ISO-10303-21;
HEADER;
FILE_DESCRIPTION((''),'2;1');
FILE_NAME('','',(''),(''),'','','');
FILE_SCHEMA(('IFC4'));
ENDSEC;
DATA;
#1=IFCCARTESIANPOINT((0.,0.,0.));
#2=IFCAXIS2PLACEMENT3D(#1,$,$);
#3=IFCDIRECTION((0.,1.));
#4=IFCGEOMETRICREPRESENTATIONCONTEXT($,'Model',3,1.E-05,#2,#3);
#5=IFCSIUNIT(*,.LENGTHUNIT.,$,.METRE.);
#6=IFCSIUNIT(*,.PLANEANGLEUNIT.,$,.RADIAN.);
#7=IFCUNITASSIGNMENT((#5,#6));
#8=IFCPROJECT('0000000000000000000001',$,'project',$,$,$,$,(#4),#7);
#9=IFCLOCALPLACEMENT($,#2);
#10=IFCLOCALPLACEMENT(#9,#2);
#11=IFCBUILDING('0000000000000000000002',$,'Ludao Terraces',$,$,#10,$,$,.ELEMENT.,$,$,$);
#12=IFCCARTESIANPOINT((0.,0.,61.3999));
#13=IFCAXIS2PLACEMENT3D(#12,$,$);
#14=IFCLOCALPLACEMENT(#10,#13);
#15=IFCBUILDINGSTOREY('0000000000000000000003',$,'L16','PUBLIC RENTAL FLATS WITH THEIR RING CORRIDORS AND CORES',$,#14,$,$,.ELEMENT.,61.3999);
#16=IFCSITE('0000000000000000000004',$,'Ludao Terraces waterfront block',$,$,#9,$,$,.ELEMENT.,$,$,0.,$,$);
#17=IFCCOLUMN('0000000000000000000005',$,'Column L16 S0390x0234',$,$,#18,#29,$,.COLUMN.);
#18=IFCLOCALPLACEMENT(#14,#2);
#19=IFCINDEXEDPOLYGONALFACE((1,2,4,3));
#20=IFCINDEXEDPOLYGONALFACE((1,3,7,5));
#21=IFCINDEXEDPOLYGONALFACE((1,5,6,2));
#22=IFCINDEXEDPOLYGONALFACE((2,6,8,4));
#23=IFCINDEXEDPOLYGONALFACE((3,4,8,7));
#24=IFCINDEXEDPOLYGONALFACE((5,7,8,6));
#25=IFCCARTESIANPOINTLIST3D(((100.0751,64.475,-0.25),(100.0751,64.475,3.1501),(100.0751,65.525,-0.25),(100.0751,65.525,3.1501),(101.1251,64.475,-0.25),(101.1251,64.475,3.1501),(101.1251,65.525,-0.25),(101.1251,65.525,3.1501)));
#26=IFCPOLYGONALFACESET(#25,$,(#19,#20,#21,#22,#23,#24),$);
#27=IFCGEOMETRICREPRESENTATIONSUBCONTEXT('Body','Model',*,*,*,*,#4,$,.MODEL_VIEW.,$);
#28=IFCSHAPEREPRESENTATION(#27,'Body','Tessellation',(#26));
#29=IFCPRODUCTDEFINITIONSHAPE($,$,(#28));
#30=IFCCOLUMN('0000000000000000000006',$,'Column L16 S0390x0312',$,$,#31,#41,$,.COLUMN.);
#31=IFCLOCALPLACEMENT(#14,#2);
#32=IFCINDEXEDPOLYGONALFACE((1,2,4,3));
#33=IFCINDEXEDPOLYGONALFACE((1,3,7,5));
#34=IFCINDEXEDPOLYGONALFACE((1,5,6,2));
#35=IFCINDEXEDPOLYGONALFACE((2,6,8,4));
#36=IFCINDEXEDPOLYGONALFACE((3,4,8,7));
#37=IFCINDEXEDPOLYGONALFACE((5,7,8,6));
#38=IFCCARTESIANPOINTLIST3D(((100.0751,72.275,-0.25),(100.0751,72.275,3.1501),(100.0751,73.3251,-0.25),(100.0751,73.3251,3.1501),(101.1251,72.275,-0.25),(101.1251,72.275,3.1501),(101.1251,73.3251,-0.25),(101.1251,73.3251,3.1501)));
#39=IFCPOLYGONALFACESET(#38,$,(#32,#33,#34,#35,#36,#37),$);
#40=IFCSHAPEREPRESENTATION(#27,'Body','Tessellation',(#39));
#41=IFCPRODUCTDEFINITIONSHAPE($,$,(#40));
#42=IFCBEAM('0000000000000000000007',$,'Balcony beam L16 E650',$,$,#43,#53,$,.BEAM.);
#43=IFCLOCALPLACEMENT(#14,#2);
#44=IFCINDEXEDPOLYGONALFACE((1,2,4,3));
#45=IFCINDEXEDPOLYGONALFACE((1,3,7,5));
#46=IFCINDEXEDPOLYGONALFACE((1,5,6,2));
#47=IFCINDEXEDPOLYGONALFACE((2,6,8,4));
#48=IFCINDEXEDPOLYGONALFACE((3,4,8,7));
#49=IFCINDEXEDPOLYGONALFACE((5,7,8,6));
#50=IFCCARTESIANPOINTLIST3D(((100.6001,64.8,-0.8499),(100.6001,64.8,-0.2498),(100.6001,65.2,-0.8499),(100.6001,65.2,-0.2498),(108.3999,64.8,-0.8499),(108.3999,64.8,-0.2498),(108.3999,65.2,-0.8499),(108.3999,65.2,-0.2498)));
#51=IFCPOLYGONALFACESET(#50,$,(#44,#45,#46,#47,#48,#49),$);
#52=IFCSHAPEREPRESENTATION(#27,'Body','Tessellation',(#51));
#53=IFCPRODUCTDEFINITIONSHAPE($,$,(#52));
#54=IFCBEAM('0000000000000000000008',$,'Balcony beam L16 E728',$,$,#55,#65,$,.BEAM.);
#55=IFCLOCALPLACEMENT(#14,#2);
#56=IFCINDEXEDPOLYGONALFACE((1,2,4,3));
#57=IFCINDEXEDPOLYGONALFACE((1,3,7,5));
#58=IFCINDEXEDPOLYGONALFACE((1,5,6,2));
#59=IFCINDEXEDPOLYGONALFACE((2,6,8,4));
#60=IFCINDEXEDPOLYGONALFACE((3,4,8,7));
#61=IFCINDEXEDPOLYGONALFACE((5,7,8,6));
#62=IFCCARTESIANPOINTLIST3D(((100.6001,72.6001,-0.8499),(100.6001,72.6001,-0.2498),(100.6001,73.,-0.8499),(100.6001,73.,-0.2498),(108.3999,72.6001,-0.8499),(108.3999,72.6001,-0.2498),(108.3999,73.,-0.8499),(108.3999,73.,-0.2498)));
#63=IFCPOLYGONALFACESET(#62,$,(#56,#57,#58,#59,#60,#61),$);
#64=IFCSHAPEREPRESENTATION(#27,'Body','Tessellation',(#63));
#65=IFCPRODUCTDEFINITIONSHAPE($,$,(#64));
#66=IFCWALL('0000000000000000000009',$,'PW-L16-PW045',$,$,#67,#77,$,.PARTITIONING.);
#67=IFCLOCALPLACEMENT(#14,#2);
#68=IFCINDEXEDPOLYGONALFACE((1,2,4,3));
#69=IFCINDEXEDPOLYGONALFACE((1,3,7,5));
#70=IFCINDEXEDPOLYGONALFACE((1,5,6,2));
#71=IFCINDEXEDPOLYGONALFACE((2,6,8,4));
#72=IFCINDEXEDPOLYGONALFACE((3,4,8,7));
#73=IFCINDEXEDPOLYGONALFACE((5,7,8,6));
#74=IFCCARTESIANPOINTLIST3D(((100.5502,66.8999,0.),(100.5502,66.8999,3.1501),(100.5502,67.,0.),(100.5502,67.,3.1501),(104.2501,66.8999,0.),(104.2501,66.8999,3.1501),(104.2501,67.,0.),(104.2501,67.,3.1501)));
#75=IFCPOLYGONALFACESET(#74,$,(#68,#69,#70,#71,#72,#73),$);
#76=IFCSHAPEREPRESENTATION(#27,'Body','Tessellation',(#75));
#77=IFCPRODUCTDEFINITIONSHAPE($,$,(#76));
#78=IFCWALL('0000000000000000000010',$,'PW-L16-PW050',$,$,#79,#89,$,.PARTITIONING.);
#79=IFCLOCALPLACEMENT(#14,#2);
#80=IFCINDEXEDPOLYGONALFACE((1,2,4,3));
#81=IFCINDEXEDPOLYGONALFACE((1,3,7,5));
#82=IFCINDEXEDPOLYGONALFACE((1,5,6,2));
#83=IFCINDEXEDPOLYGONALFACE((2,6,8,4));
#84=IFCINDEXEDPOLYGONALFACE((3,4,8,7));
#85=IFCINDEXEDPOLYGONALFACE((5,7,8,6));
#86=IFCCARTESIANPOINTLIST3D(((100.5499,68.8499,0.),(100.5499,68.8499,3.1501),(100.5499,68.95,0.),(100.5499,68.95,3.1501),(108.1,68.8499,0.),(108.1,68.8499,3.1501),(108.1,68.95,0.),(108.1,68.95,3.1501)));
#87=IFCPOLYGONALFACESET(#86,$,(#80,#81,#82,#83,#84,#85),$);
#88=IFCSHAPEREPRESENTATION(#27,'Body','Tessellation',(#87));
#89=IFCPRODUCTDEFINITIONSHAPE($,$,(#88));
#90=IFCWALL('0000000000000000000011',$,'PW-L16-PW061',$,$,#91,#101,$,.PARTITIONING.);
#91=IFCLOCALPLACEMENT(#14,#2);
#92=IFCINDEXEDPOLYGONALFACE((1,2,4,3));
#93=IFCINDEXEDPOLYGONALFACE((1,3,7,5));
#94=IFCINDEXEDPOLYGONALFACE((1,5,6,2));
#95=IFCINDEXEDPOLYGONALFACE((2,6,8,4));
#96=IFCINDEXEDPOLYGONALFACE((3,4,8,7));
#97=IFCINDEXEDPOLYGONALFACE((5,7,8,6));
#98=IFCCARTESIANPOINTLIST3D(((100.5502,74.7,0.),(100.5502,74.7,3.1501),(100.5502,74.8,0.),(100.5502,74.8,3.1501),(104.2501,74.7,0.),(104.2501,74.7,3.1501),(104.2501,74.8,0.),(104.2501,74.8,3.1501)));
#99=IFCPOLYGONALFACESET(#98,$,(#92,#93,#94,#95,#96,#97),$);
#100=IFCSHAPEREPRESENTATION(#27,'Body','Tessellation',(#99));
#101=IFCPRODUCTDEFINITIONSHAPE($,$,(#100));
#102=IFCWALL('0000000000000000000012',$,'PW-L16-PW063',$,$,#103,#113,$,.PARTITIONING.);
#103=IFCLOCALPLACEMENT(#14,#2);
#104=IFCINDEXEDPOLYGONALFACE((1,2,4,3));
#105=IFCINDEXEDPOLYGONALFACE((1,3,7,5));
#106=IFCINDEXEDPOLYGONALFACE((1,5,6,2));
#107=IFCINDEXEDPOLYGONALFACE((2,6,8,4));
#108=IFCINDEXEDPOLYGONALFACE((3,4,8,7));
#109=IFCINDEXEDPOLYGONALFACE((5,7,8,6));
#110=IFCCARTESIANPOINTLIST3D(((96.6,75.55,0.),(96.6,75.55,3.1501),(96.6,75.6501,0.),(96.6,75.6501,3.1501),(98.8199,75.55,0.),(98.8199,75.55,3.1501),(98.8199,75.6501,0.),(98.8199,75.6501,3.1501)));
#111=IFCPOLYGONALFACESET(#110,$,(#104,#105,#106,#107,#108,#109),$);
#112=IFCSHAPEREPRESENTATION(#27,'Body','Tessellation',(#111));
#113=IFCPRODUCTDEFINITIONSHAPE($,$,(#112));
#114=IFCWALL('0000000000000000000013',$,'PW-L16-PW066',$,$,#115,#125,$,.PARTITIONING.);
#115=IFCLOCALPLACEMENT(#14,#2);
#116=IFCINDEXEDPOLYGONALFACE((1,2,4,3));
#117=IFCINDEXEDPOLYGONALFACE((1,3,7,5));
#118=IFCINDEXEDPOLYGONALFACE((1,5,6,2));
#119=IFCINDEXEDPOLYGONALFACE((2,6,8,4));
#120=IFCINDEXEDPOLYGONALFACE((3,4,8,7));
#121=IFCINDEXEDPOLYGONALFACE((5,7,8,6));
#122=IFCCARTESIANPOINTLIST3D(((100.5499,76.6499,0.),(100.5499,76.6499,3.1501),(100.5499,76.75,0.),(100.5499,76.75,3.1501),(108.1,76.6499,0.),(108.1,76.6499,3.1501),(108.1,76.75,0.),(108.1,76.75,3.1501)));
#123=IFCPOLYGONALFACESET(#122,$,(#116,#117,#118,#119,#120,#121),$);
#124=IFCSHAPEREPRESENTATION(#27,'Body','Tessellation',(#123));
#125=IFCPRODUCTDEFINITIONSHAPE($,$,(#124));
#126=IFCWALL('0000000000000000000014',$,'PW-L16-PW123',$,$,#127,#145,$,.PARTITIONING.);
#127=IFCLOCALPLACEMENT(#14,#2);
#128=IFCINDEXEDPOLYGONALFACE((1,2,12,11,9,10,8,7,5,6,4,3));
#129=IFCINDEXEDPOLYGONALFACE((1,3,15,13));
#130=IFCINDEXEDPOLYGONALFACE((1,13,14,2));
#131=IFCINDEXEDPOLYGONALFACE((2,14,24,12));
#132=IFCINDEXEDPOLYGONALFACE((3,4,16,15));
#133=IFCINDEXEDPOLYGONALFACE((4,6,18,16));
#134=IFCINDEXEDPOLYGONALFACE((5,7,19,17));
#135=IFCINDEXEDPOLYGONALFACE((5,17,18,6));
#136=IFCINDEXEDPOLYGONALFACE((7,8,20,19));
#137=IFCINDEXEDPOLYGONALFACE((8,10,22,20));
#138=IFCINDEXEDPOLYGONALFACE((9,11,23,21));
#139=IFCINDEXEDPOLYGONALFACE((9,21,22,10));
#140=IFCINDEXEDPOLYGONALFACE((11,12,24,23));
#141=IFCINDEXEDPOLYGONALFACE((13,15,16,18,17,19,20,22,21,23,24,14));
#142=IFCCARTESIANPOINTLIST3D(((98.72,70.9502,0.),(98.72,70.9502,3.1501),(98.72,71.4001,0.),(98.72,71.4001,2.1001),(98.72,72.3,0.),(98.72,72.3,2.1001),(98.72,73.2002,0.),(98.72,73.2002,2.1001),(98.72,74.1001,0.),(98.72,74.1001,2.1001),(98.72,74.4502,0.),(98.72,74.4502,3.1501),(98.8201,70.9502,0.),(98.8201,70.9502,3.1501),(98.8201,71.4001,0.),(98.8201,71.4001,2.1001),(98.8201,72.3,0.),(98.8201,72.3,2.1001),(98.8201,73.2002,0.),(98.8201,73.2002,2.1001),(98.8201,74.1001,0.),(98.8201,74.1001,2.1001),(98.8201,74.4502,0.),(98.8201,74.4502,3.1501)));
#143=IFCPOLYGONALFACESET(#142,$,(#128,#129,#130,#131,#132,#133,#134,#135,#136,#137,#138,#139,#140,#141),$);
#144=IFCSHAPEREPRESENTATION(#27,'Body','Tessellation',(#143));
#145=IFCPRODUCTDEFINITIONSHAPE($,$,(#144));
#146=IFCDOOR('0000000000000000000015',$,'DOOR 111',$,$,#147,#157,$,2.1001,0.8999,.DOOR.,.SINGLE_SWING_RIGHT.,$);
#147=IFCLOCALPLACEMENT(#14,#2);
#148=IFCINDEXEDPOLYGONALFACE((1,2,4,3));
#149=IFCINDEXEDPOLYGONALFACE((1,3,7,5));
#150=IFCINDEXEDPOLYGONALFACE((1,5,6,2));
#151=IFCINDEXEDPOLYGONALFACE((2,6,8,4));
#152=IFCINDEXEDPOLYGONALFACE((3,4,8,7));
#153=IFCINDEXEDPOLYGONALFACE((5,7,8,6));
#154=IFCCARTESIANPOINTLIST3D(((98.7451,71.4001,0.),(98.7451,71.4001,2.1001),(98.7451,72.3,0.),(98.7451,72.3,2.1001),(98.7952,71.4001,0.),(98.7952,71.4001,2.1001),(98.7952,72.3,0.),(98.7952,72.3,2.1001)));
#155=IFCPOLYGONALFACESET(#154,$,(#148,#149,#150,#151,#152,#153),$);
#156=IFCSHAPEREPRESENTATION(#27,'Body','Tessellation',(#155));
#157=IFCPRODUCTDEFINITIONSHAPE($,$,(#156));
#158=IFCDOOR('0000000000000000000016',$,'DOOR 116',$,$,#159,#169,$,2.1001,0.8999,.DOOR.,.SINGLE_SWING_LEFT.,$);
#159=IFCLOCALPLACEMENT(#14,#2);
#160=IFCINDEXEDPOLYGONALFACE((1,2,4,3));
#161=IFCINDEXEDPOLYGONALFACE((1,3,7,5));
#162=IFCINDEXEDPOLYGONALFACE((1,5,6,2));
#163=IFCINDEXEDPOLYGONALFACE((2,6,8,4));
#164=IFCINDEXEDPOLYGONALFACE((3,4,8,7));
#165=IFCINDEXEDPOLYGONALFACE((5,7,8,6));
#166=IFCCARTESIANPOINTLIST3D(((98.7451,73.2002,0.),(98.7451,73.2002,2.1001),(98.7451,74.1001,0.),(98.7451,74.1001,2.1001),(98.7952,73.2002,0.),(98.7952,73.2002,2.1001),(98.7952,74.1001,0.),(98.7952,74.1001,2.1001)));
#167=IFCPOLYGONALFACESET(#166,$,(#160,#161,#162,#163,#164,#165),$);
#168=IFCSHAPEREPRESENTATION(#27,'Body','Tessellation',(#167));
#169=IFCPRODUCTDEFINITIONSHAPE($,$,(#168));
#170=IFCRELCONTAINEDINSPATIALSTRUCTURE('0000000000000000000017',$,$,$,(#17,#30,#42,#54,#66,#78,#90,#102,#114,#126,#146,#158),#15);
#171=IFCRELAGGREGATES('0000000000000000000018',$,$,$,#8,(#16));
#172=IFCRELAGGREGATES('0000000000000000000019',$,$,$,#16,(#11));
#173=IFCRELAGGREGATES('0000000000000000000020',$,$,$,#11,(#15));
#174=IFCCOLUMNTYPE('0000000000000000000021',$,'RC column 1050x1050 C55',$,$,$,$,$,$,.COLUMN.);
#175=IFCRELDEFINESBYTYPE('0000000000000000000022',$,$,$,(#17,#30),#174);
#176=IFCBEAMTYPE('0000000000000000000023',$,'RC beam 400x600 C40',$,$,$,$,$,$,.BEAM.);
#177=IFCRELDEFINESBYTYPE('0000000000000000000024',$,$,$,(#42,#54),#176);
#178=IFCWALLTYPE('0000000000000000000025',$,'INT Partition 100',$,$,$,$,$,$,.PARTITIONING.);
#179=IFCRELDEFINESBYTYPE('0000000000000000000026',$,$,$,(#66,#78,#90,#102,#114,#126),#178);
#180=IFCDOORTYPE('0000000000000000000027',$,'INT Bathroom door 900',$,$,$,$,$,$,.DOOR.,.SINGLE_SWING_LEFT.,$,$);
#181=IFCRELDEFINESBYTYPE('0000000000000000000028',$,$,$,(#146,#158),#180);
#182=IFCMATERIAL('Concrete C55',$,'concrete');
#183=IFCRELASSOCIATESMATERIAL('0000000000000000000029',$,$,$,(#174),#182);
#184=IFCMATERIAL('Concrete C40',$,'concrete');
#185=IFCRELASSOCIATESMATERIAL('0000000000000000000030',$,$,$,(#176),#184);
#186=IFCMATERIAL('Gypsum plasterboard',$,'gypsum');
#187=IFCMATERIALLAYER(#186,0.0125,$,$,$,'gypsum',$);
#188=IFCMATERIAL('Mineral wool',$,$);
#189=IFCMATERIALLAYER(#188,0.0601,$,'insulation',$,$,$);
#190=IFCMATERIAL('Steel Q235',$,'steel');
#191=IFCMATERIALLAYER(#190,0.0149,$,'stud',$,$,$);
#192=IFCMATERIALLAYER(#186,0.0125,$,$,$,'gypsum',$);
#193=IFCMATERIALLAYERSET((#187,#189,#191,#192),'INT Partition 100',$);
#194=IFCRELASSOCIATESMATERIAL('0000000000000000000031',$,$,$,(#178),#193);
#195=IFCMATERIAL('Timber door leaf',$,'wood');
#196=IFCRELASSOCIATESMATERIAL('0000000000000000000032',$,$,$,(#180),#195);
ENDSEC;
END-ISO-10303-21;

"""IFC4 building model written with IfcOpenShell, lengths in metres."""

from ifc_helpers import new_model, si_unit, direction, frame, frame_2d, origin, origin_2d, place, context, subcontext, project, spatial, rectangle, extrude, material, layer, layer_set, material_profile, profile_set, type_object, element, fill, save


model = new_model("IFC4")

# Units and contexts
model_context = context("Model", 3, precision=1e-05, world=origin(), true_north=direction((0.0, 1.0)))
body_context = subcontext(model_context, "Body", "Model", "MODEL_VIEW")
ifc_project = project(units=[si_unit("LENGTHUNIT", "METRE"), si_unit("PLANEANGLEUNIT", "RADIAN")], contexts=[model_context])

# Site, building, storey
site_placement = place(None, origin())
site = spatial("IfcSite", under=ifc_project, at=site_placement, Name="Ludao Terraces waterfront block", CompositionType="ELEMENT", RefElevation=0.0)
building_placement = place(site_placement, origin())
building = spatial("IfcBuilding", under=site, at=building_placement, Name="Ludao Terraces", CompositionType="ELEMENT")
storey_placement = place(building_placement, frame((0.0, 0.0, 61.3999)))
storey = spatial("IfcBuildingStorey", under=building, at=storey_placement, Name="L16", Description="PUBLIC RENTAL FLATS WITH THEIR RING CORRIDORS AND CORES", CompositionType="ELEMENT", Elevation=61.3999)

# Columns
ifc_material_1 = material(Name="Concrete C55", Category="concrete")
ifc_material_profile_1 = material_profile(ifc_material_1, rectangle(XDim=1.05, YDim=1.05, at=origin_2d()), Name="1050 X 1050")
ifc_profile_set_1 = profile_set([ifc_material_profile_1], Name="Concrete C55")
column_type = type_object("IfcColumnType", Name="RC column 1050x1050 C55", PredefinedType="COLUMN", material=ifc_profile_set_1)
for number, where, z_axis, x_axis, name in (
    (1, (100.6001, 65.0, -0.25), (0.0, 0.0, 1.0), (1.0, 0.0, 0.0), "Column L16 S0390x0234"),
    (2, (100.6001, 72.8, -0.25), (0.0, 0.0, 1.0), (1.0, 0.0, 0.0), "Column L16 S0390x0312"),
):
    element("IfcColumn", number, at=place(storey_placement, frame(where, z_axis=z_axis, x_axis=x_axis)), inside=storey, type_object=column_type, Name=name, PredefinedType="COLUMN", context=body_context, shape_type="SweptSolid", body=[
        extrude(rectangle(XDim=1.05, YDim=1.05, at=origin_2d()), origin(), (0.0, 0.0, 1.0), 3.4001),
    ])

# Beams
ifc_material_2 = material(Name="Concrete C40", Category="concrete")
ifc_material_profile_2 = material_profile(ifc_material_2, rectangle(XDim=0.3999, YDim=0.6001, at=origin_2d()), Name="400 X 600")
ifc_profile_set_2 = profile_set([ifc_material_profile_2], Name="Concrete C40")
beam_type = type_object("IfcBeamType", Name="RC beam 400x600 C40", PredefinedType="BEAM", material=ifc_profile_set_2)
for number, where, z_axis, x_axis, name in (
    (3, (100.6001, 65.0, -0.5498), (1.0, 0.0, 0.0), (0.0, 1.0, 0.0), "Balcony beam L16 E650"),
    (4, (100.6001, 72.8, -0.5498), (1.0, 0.0, 0.0), (0.0, 1.0, 0.0), "Balcony beam L16 E728"),
):
    element("IfcBeam", number, at=place(storey_placement, frame(where, z_axis=z_axis, x_axis=x_axis)), inside=storey, type_object=beam_type, Name=name, PredefinedType="BEAM", context=body_context, shape_type="SweptSolid", body=[
        extrude(rectangle(XDim=0.3999, YDim=0.6001, at=origin_2d()), origin(), (0.0, 0.0, 1.0), 7.7998),
    ])

# Walls
ifc_material_3 = material(Name="Gypsum plasterboard", Category="gypsum")
ifc_layer_1 = layer(ifc_material_3, 0.0125, Category="gypsum")
ifc_material_4 = material(Name="Mineral wool")
ifc_layer_2 = layer(ifc_material_4, 0.0601, Name="insulation")
ifc_material_5 = material(Name="Steel Q235", Category="steel")
ifc_layer_3 = layer(ifc_material_5, 0.0149, Name="stud")
ifc_layer_4 = layer(ifc_material_3, 0.0125, Category="gypsum")
ifc_layer_set_1 = layer_set([ifc_layer_1, ifc_layer_2, ifc_layer_3, ifc_layer_4], Name="INT Partition 100")
wall_type_1 = type_object("IfcWallType", Name="INT Partition 100", PredefinedType="PARTITIONING", material=ifc_layer_set_1)
wall_1_placement = place(storey_placement, frame((100.55, 66.95, 0.0), z_axis=(0.0, 0.0, 1.0), x_axis=(1.0, 0.0, 0.0)))
element("IfcWall", 5, at=wall_1_placement, inside=storey, type_object=wall_type_1, Name="PW-L16-PW045", PredefinedType="PARTITIONING", context=body_context, shape_type="SweptSolid", body=[
    extrude(rectangle(XDim=3.7, YDim=0.1001, at=frame_2d((1.8501, 0.0))), origin(), (0.0, 0.0, 1.0), 3.1501),
])
wall_2_placement = place(storey_placement, frame((100.55, 68.8999, 0.0), z_axis=(0.0, 0.0, 1.0), x_axis=(1.0, 0.0, 0.0)))
element("IfcWall", 6, at=wall_2_placement, inside=storey, type_object=wall_type_1, Name="PW-L16-PW050", PredefinedType="PARTITIONING", context=body_context, shape_type="SweptSolid", body=[
    extrude(rectangle(XDim=7.55, YDim=0.1001, at=frame_2d((3.7749, 0.0))), origin(), (0.0, 0.0, 1.0), 3.1501),
])
wall_3_placement = place(storey_placement, frame((100.55, 74.75, 0.0), z_axis=(0.0, 0.0, 1.0), x_axis=(1.0, 0.0, 0.0)))
element("IfcWall", 7, at=wall_3_placement, inside=storey, type_object=wall_type_1, Name="PW-L16-PW061", PredefinedType="PARTITIONING", context=body_context, shape_type="SweptSolid", body=[
    extrude(rectangle(XDim=3.7, YDim=0.1001, at=frame_2d((1.8501, 0.0))), origin(), (0.0, 0.0, 1.0), 3.1501),
])
wall_4_placement = place(storey_placement, frame((96.6001, 75.6001, 0.0), z_axis=(0.0, 0.0, 1.0), x_axis=(1.0, 0.0, 0.0)))
element("IfcWall", 8, at=wall_4_placement, inside=storey, type_object=wall_type_1, Name="PW-L16-PW063", PredefinedType="PARTITIONING", context=body_context, shape_type="SweptSolid", body=[
    extrude(rectangle(XDim=2.22, YDim=0.1001, at=frame_2d((1.1099, 0.0))), origin(), (0.0, 0.0, 1.0), 3.1501),
])
wall_5_placement = place(storey_placement, frame((100.55, 76.7, 0.0), z_axis=(0.0, 0.0, 1.0), x_axis=(1.0, 0.0, 0.0)))
element("IfcWall", 9, at=wall_5_placement, inside=storey, type_object=wall_type_1, Name="PW-L16-PW066", PredefinedType="PARTITIONING", context=body_context, shape_type="SweptSolid", body=[
    extrude(rectangle(XDim=7.55, YDim=0.1001, at=frame_2d((3.7749, 0.0))), origin(), (0.0, 0.0, 1.0), 3.1501),
])

# Wall, openings, doors
wall_6_placement = place(storey_placement, frame((98.77, 70.9502, 0.0), z_axis=(0.0, 0.0, 1.0), x_axis=(0.0, 1.0, 0.0)))
wall_6 = element("IfcWall", 10, at=wall_6_placement, inside=storey, type_object=wall_type_1, Name="PW-L16-PW123", PredefinedType="PARTITIONING", context=body_context, shape_type="SweptSolid", body=[
    extrude(rectangle(XDim=3.5, YDim=0.1001, at=frame_2d((1.75, 0.0))), origin(), (0.0, 0.0, 1.0), 3.1501),
])
opening_1_placement = place(wall_6_placement, frame((0.45, 0.0, 0.0)))
opening_1 = element("IfcOpeningElement", 11, at=opening_1_placement, cuts=wall_6, PredefinedType="OPENING", context=body_context, shape_type="SweptSolid", body=[
    extrude(rectangle(XDim=0.8999, YDim=2.1001, at=frame_2d((0.45, 1.05))), frame((0.0, 0.0601, 0.0), z_axis=(0.0, -1.0, 0.0), x_axis=(1.0, 0.0, 0.0)), (0.0, 0.0, 1.0), 0.1201),
])
opening_2_placement = place(wall_6_placement, frame((2.25, 0.0, 0.0)))
opening_2 = element("IfcOpeningElement", 12, at=opening_2_placement, cuts=wall_6, PredefinedType="OPENING", context=body_context, shape_type="SweptSolid", body=[
    extrude(rectangle(XDim=0.8999, YDim=2.1001, at=frame_2d((0.45, 1.05))), frame((0.0, 0.0601, 0.0), z_axis=(0.0, -1.0, 0.0), x_axis=(1.0, 0.0, 0.0)), (0.0, 0.0, 1.0), 0.1201),
])
ifc_material_6 = material(Name="Timber door leaf", Category="wood")
door_type_1 = type_object("IfcDoorType", Name="INT Bathroom door 900", OperationType="SINGLE_SWING_LEFT", PredefinedType="DOOR", material=ifc_material_6)
door_1_placement = place(opening_1_placement, origin())
door_1 = element("IfcDoor", 13, at=door_1_placement, inside=storey, type_object=door_type_1, Name="DOOR 111", OperationType="SINGLE_SWING_RIGHT", OverallHeight=2.1001, OverallWidth=0.8999, PredefinedType="DOOR", context=body_context, shape_type="SweptSolid", body=[
    extrude(rectangle(XDim=0.8999, YDim=2.1001, at=frame_2d((0.45, 1.05))), frame((0.0, 0.0249, 0.0), z_axis=(0.0, -1.0, 0.0), x_axis=(1.0, 0.0, 0.0)), (0.0, 0.0, 1.0), 0.05),
])
fill(opening_1, door_1)
door_2_placement = place(opening_2_placement, origin())
door_2 = element("IfcDoor", 14, at=door_2_placement, inside=storey, type_object=door_type_1, Name="DOOR 116", OperationType="SINGLE_SWING_LEFT", OverallHeight=2.1001, OverallWidth=0.8999, PredefinedType="DOOR", context=body_context, shape_type="SweptSolid", body=[
    extrude(rectangle(XDim=0.8999, YDim=2.1001, at=frame_2d((0.45, 1.05))), frame((0.0, 0.0249, 0.0), z_axis=(0.0, -1.0, 0.0), x_axis=(1.0, 0.0, 0.0)), (0.0, 0.0, 1.0), 0.05),
])
fill(opening_2, door_2)

save(model, "model.ifc")
